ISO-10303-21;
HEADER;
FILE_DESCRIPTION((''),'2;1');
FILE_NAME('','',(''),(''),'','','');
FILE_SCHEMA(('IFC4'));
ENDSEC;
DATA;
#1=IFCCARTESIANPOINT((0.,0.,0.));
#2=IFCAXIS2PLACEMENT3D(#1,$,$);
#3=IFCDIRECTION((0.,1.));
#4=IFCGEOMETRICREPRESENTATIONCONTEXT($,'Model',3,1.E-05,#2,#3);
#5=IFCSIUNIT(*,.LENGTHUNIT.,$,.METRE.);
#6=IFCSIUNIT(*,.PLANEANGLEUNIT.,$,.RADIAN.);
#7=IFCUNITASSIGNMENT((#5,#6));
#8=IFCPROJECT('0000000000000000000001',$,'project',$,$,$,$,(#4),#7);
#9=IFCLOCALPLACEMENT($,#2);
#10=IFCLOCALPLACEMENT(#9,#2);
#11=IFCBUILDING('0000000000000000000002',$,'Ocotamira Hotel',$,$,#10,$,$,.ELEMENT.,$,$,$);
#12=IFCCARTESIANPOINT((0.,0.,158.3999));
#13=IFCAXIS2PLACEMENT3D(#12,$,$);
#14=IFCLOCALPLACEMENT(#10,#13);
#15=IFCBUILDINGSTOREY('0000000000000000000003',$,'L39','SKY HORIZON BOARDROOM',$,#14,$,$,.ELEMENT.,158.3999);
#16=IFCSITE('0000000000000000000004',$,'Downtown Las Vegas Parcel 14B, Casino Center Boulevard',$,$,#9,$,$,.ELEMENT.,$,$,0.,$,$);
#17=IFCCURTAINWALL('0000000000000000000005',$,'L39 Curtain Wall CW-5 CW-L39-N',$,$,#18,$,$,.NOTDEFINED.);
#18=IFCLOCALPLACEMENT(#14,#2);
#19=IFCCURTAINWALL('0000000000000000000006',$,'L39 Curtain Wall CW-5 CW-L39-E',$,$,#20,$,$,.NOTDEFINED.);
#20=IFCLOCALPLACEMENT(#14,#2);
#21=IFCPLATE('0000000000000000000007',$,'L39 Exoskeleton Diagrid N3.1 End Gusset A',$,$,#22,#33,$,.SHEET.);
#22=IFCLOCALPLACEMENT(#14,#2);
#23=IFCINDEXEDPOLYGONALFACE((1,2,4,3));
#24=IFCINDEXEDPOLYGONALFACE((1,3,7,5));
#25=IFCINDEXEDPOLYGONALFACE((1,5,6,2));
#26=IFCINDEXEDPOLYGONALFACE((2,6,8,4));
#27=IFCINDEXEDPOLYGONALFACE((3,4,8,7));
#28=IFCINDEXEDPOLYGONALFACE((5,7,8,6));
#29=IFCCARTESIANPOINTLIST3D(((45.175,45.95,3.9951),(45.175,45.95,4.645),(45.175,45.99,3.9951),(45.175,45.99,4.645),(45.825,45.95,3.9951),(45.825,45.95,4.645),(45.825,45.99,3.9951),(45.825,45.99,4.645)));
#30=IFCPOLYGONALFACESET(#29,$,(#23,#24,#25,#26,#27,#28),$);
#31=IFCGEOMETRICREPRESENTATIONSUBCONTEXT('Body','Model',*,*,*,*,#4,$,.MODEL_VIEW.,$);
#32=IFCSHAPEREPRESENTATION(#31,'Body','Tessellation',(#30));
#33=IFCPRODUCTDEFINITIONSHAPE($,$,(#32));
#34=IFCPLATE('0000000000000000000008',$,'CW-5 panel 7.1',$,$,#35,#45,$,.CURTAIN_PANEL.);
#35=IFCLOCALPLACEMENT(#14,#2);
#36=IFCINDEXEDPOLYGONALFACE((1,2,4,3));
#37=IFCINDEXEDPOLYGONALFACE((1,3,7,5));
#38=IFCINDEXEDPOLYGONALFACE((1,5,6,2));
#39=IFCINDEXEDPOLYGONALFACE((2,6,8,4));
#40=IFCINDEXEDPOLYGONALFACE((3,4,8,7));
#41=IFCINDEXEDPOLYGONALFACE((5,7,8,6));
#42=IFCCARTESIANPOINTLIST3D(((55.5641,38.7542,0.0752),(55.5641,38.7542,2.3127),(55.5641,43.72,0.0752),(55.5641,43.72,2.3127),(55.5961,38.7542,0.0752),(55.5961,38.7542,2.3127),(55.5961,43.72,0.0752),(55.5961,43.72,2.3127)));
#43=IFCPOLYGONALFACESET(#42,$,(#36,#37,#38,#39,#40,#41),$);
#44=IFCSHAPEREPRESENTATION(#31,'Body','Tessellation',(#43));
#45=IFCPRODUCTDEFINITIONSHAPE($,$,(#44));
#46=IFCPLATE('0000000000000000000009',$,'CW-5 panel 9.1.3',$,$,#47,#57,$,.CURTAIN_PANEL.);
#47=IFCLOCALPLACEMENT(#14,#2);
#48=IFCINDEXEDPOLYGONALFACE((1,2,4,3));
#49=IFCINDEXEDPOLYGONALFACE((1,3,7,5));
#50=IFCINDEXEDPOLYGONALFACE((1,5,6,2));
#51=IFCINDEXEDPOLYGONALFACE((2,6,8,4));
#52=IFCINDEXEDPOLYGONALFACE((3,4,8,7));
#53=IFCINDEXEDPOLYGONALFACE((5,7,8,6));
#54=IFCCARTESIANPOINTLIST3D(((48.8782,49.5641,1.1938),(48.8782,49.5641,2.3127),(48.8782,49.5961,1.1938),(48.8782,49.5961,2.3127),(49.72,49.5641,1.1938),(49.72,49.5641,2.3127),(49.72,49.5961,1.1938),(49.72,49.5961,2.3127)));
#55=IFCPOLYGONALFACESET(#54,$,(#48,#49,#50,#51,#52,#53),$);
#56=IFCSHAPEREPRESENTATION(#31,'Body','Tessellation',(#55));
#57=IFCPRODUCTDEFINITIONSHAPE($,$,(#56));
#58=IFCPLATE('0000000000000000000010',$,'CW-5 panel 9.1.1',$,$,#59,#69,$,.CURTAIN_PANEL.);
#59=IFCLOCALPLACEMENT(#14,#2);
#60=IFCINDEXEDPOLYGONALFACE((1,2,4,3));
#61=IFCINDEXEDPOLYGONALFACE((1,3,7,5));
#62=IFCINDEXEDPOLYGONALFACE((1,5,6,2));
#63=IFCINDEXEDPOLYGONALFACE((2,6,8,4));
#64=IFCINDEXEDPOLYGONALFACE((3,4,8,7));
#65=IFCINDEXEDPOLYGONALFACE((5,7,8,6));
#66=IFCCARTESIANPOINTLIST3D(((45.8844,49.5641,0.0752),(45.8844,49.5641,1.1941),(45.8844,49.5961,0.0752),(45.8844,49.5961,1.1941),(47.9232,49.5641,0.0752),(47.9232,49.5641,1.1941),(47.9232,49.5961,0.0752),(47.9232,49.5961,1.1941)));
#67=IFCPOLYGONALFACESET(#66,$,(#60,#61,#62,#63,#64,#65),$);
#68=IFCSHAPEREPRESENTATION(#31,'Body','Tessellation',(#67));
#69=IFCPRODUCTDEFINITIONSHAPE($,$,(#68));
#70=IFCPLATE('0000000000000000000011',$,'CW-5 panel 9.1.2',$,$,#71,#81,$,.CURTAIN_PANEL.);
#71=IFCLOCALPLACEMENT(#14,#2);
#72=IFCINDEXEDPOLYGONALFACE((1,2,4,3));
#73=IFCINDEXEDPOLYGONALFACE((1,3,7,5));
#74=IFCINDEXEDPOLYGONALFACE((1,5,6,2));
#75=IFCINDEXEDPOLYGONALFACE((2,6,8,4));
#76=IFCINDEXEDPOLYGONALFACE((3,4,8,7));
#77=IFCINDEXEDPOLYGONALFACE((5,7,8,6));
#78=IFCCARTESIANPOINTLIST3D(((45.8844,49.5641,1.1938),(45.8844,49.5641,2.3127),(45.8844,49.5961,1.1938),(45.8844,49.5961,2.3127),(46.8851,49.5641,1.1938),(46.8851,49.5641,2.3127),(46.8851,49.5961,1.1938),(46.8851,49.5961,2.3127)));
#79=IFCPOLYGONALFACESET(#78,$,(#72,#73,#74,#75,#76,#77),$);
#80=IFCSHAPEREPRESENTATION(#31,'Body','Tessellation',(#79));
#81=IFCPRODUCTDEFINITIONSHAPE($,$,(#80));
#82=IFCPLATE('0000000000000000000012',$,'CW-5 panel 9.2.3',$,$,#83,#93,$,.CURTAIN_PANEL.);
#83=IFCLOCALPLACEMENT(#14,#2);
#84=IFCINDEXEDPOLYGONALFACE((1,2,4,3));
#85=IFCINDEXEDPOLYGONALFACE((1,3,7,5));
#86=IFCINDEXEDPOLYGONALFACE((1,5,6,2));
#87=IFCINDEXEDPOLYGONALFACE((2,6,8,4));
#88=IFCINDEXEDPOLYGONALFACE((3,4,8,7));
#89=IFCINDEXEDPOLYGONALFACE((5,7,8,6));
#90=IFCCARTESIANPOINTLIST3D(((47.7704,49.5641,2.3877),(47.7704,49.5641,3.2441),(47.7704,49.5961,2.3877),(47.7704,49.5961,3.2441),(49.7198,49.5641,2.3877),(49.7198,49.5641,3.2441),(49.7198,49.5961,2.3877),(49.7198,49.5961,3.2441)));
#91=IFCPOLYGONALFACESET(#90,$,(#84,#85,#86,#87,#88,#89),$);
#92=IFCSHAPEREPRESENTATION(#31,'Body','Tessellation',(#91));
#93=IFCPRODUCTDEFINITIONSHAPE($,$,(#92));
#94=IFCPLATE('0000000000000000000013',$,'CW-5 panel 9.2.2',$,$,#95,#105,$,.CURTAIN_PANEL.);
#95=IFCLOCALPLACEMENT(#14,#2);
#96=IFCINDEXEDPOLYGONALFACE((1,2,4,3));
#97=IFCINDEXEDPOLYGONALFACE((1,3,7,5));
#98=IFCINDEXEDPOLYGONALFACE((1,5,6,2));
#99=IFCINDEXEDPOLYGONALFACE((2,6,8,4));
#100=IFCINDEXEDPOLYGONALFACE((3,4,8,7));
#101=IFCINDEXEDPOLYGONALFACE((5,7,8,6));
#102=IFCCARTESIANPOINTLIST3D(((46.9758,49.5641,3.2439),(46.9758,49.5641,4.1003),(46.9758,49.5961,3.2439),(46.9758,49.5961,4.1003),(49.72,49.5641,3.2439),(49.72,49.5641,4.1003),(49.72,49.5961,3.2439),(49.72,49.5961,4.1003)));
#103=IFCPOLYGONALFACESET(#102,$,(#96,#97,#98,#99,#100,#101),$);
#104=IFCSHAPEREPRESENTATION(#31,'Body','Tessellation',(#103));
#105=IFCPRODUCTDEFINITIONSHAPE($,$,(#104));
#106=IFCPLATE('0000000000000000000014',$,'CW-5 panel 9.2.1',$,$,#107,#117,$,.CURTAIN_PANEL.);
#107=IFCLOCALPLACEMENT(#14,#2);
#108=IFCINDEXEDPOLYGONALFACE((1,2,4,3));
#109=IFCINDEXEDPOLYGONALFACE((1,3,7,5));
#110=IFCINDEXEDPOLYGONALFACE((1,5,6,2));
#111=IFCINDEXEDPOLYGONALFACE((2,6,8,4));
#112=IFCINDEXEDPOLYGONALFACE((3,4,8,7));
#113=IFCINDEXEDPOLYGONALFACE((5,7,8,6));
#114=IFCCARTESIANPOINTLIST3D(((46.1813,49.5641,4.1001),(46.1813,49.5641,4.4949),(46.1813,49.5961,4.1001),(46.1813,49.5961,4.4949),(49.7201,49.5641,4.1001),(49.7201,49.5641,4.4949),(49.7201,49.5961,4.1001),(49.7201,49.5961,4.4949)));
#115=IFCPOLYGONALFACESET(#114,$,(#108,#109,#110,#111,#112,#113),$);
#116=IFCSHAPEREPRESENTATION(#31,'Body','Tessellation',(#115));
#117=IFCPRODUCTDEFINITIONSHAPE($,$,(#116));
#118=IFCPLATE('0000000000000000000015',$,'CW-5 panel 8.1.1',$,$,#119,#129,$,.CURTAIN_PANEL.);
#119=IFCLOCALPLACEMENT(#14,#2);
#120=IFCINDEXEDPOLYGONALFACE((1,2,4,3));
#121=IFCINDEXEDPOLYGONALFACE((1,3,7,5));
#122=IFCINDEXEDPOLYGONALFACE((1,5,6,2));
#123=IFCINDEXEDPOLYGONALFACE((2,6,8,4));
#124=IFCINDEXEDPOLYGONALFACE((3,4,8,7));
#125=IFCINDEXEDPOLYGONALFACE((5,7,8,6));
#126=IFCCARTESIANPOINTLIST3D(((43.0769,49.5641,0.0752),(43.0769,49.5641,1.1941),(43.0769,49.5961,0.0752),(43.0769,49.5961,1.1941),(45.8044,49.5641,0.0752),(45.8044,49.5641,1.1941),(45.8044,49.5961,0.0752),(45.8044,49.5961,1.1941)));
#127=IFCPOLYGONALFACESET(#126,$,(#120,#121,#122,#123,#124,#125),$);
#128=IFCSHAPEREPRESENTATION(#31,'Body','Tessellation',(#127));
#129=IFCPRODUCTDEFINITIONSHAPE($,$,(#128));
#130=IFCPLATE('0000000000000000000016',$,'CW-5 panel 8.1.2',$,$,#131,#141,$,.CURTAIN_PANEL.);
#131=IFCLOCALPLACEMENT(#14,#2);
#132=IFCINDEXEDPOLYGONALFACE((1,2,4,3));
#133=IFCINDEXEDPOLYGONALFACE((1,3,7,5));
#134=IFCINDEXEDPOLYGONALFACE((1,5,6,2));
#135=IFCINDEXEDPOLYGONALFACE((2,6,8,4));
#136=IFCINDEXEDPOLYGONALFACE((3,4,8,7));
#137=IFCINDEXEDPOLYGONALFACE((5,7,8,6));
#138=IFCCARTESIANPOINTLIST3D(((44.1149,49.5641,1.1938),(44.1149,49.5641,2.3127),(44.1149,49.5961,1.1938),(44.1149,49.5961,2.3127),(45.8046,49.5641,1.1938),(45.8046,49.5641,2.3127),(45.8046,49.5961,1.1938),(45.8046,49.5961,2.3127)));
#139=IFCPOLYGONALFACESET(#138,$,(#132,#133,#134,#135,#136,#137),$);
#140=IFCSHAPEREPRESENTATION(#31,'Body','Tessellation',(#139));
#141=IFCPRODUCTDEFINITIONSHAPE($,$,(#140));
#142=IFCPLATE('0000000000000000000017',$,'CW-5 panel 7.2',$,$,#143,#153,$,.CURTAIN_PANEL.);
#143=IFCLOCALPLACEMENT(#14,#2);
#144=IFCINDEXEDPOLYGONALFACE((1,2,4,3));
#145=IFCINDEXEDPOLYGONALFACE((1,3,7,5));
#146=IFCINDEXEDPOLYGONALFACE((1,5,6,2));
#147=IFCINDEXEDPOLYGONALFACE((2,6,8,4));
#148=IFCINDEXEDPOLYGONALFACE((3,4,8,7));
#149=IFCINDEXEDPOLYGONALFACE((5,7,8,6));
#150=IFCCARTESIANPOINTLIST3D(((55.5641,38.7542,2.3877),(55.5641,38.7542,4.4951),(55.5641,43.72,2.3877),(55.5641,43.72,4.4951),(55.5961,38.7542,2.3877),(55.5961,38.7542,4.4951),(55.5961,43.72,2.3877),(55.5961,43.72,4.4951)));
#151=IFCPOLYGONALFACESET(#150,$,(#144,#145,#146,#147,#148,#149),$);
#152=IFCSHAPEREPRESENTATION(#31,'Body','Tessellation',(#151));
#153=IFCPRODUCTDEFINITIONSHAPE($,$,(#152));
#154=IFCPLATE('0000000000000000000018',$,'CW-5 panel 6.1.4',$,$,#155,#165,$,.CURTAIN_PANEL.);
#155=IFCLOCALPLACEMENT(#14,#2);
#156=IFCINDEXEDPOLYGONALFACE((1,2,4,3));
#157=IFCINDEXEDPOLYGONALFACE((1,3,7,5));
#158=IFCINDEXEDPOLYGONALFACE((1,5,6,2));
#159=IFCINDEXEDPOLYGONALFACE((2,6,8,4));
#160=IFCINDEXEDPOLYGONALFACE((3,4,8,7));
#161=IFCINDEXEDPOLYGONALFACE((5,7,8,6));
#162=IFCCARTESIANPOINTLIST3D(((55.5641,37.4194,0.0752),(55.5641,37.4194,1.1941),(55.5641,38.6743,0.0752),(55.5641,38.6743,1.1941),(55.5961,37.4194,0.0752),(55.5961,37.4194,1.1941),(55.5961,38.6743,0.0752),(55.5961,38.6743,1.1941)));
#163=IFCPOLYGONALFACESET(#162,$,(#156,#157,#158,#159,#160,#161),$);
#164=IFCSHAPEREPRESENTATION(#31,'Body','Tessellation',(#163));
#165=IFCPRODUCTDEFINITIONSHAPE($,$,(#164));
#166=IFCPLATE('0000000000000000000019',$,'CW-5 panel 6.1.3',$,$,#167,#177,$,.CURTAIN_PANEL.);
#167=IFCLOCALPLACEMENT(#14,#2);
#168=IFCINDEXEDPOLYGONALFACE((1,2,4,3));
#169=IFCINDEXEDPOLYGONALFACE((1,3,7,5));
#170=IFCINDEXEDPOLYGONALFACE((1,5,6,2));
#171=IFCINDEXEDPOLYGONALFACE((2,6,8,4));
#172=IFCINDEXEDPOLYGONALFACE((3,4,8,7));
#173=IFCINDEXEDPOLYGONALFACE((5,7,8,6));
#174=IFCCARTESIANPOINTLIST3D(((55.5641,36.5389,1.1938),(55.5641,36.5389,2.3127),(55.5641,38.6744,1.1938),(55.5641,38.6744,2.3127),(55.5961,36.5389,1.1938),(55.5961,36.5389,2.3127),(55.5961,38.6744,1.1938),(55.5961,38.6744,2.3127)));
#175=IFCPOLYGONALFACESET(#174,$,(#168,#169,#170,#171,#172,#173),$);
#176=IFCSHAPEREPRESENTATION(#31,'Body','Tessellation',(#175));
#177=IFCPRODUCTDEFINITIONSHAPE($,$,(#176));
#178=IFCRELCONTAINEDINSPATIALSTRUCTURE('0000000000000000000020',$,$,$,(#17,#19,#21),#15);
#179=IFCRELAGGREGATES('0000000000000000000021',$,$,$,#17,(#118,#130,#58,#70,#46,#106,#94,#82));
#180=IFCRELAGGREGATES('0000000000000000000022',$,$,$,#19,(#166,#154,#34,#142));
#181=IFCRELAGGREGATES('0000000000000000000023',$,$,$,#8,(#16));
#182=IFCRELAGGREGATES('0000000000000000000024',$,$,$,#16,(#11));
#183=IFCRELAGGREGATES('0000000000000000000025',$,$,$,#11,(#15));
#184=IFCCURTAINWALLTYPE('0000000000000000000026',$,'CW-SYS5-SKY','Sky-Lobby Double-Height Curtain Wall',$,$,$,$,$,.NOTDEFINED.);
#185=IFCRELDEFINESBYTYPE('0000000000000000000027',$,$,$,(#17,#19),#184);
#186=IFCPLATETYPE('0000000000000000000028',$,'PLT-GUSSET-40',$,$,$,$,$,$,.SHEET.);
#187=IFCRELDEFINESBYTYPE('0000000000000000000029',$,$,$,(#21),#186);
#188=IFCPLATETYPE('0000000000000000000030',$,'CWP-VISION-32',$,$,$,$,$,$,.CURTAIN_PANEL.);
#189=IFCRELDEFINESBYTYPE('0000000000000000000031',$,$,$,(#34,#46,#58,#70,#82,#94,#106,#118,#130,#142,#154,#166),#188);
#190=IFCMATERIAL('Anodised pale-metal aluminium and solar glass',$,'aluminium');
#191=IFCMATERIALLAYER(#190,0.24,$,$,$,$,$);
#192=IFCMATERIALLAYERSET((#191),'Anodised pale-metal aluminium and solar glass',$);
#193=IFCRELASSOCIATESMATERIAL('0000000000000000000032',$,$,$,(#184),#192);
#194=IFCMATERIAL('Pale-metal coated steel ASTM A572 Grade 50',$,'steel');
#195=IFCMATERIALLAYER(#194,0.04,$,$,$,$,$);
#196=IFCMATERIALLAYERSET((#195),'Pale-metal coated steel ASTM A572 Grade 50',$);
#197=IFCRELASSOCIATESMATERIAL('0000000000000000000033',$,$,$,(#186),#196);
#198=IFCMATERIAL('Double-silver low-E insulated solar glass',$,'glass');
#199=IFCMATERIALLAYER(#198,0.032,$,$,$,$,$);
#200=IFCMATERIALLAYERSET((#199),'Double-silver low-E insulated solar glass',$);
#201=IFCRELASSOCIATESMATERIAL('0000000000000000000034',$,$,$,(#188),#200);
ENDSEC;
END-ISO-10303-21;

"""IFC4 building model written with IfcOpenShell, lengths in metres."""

from ifc_helpers import new_model, si_unit, direction, frame, origin, origin_2d, place, context, subcontext, project, spatial, rectangle, extrude, source, transform, mapped, material, layer, layer_set, type_object, element, aggregate, save


model = new_model("IFC4")

# Units and contexts
model_context = context("Model", 3, precision=1e-05, world=origin(), true_north=direction((0.0, 1.0)))
body_context = subcontext(model_context, "Body", "Model", "MODEL_VIEW")
ifc_project = project(units=[si_unit("LENGTHUNIT", "METRE"), si_unit("PLANEANGLEUNIT", "RADIAN")], contexts=[model_context])

# Site, building, storey
site_placement = place(None, origin())
site = spatial("IfcSite", under=ifc_project, at=site_placement, Name="Downtown Las Vegas Parcel 14B, Casino Center Boulevard", CompositionType="ELEMENT", RefElevation=0.0)
building_placement = place(site_placement, origin())
building = spatial("IfcBuilding", under=site, at=building_placement, Name="Ocotamira Hotel", CompositionType="ELEMENT")
storey_placement = place(building_placement, frame((0.0, 0.0, 158.3999)))
storey = spatial("IfcBuildingStorey", under=building, at=storey_placement, Name="L39", Description="SKY HORIZON BOARDROOM", CompositionType="ELEMENT", Elevation=158.3999)

# Curtain walls
ifc_material_1 = material(Name="Anodised pale-metal aluminium and solar glass", Category="aluminium")
ifc_layer_1 = layer(ifc_material_1, 0.24)
ifc_layer_set_1 = layer_set([ifc_layer_1], Name="Anodised pale-metal aluminium and solar glass")
curtain_wall_type = type_object("IfcCurtainWallType", Name="CW-SYS5-SKY", Description="Sky-Lobby Double-Height Curtain Wall", PredefinedType="NOTDEFINED", material=ifc_layer_set_1)
curtain_wall_1_placement = place(storey_placement, origin())
curtain_wall_1 = element("IfcCurtainWall", 1, at=curtain_wall_1_placement, inside=storey, type_object=curtain_wall_type, Name="L39 Curtain Wall CW-5 CW-L39-N", PredefinedType="NOTDEFINED")
curtain_wall_2_placement = place(storey_placement, origin())
curtain_wall_2 = element("IfcCurtainWall", 2, at=curtain_wall_2_placement, inside=storey, type_object=curtain_wall_type, Name="L39 Curtain Wall CW-5 CW-L39-E", PredefinedType="NOTDEFINED")

# Plate
ifc_material_2 = material(Name="Pale-metal coated steel ASTM A572 Grade 50", Category="steel")
ifc_layer_2 = layer(ifc_material_2, 0.04)
ifc_layer_set_2 = layer_set([ifc_layer_2], Name="Pale-metal coated steel ASTM A572 Grade 50")
plate_type_1 = type_object("IfcPlateType", Name="PLT-GUSSET-40", PredefinedType="SHEET", material=ifc_layer_set_2)
shared_shape_1 = source(origin(), body_context, "Body", "SweptSolid", [
    extrude(rectangle(XDim=0.6499, YDim=0.04, at=origin_2d()), origin(), (0.0, 0.0, 1.0), 0.6499),
])
for number, where, z_axis, x_axis, name in (
    (3, (45.5, 45.97, 3.9951), (0.0, 0.0, 1.0), (-1.0, 0.0, 0.0), "L39 Exoskeleton Diagrid N3.1 End Gusset A"),
):
    element("IfcPlate", number, at=place(storey_placement, frame(where, z_axis=z_axis, x_axis=x_axis)), inside=storey, type_object=plate_type_1, Name=name, PredefinedType="SHEET", context=body_context, shape_type="MappedRepresentation", body=[
        mapped(shared_shape_1, transform((0.0, 0.0, 0.0), scale=1.0)),
    ])

# Plates
ifc_material_3 = material(Name="Double-silver low-E insulated solar glass", Category="glass")
ifc_layer_3 = layer(ifc_material_3, 0.032)
ifc_layer_set_3 = layer_set([ifc_layer_3], Name="Double-silver low-E insulated solar glass")
plate_type_2 = type_object("IfcPlateType", Name="CWP-VISION-32", PredefinedType="CURTAIN_PANEL", material=ifc_layer_set_3)
shared_shape_2 = source(origin(), body_context, "Body", "SweptSolid", [
    extrude(rectangle(XDim=4.9658, YDim=0.032, at=origin_2d()), origin(), (0.0, 0.0, 1.0), 2.2375),
])
plate_1_placement = place(storey_placement, frame((55.5801, 41.2371, 0.0752), z_axis=(0.0, 0.0, 1.0), x_axis=(0.0, 1.0, 0.0)))
plate_1 = element("IfcPlate", 4, at=plate_1_placement, type_object=plate_type_2, Name="CW-5 panel 7.1", PredefinedType="CURTAIN_PANEL", context=body_context, shape_type="MappedRepresentation", body=[
    mapped(shared_shape_2, transform((0.0, 0.0, 0.0), scale=1.0)),
])
shared_shape_3 = source(origin(), body_context, "Body", "SweptSolid", [
    extrude(rectangle(XDim=0.8418, YDim=0.032, at=origin_2d()), origin(), (0.0, 0.0, 1.0), 1.1189),
])
plate_2_placement = place(storey_placement, frame((49.2991, 49.5801, 1.1938), z_axis=(0.0, 0.0, 1.0), x_axis=(1.0, 0.0, 0.0)))
plate_2 = element("IfcPlate", 5, at=plate_2_placement, type_object=plate_type_2, Name="CW-5 panel 9.1.3", PredefinedType="CURTAIN_PANEL", context=body_context, shape_type="MappedRepresentation", body=[
    mapped(shared_shape_3, transform((0.0, 0.0, 0.0), scale=1.0)),
])
shared_shape_4 = source(origin(), body_context, "Body", "SweptSolid", [
    extrude(rectangle(XDim=2.0388, YDim=0.032, at=origin_2d()), origin(), (0.0, 0.0, 1.0), 1.1189),
])
plate_3_placement = place(storey_placement, frame((46.9038, 49.5801, 0.0752), z_axis=(0.0, 0.0, 1.0), x_axis=(1.0, 0.0, 0.0)))
plate_3 = element("IfcPlate", 6, at=plate_3_placement, type_object=plate_type_2, Name="CW-5 panel 9.1.1", PredefinedType="CURTAIN_PANEL", context=body_context, shape_type="MappedRepresentation", body=[
    mapped(shared_shape_4, transform((0.0, 0.0, 0.0), scale=1.0)),
])
shared_shape_5 = source(origin(), body_context, "Body", "SweptSolid", [
    extrude(rectangle(XDim=1.0007, YDim=0.032, at=origin_2d()), origin(), (0.0, 0.0, 1.0), 1.1189),
])
plate_4_placement = place(storey_placement, frame((46.3848, 49.5801, 1.1938), z_axis=(0.0, 0.0, 1.0), x_axis=(1.0, 0.0, 0.0)))
plate_4 = element("IfcPlate", 7, at=plate_4_placement, type_object=plate_type_2, Name="CW-5 panel 9.1.2", PredefinedType="CURTAIN_PANEL", context=body_context, shape_type="MappedRepresentation", body=[
    mapped(shared_shape_5, transform((0.0, 0.0, 0.0), scale=1.0)),
])
shared_shape_6 = source(origin(), body_context, "Body", "SweptSolid", [
    extrude(rectangle(XDim=1.9495, YDim=0.032, at=origin_2d()), origin(), (0.0, 0.0, 1.0), 0.8564),
])
plate_5_placement = place(storey_placement, frame((48.7451, 49.5801, 2.3877), z_axis=(0.0, 0.0, 1.0), x_axis=(1.0, 0.0, 0.0)))
plate_5 = element("IfcPlate", 8, at=plate_5_placement, type_object=plate_type_2, Name="CW-5 panel 9.2.3", PredefinedType="CURTAIN_PANEL", context=body_context, shape_type="MappedRepresentation", body=[
    mapped(shared_shape_6, transform((0.0, 0.0, 0.0), scale=1.0)),
])
shared_shape_7 = source(origin(), body_context, "Body", "SweptSolid", [
    extrude(rectangle(XDim=2.7441, YDim=0.032, at=origin_2d()), origin(), (0.0, 0.0, 1.0), 0.8564),
])
plate_6_placement = place(storey_placement, frame((48.3479, 49.5801, 3.2439), z_axis=(0.0, 0.0, 1.0), x_axis=(1.0, 0.0, 0.0)))
plate_6 = element("IfcPlate", 9, at=plate_6_placement, type_object=plate_type_2, Name="CW-5 panel 9.2.2", PredefinedType="CURTAIN_PANEL", context=body_context, shape_type="MappedRepresentation", body=[
    mapped(shared_shape_7, transform((0.0, 0.0, 0.0), scale=1.0)),
])
shared_shape_8 = source(origin(), body_context, "Body", "SweptSolid", [
    extrude(rectangle(XDim=3.5388, YDim=0.032, at=origin_2d()), origin(), (0.0, 0.0, 1.0), 0.3948),
])
plate_7_placement = place(storey_placement, frame((47.9507, 49.5801, 4.1001), z_axis=(0.0, 0.0, 1.0), x_axis=(1.0, 0.0, 0.0)))
plate_7 = element("IfcPlate", 10, at=plate_7_placement, type_object=plate_type_2, Name="CW-5 panel 9.2.1", PredefinedType="CURTAIN_PANEL", context=body_context, shape_type="MappedRepresentation", body=[
    mapped(shared_shape_8, transform((0.0, 0.0, 0.0), scale=1.0)),
])
shared_shape_9 = source(origin(), body_context, "Body", "SweptSolid", [
    extrude(rectangle(XDim=2.7275, YDim=0.032, at=origin_2d()), origin(), (0.0, 0.0, 1.0), 1.1189),
])
plate_8_placement = place(storey_placement, frame((44.4407, 49.5801, 0.0752), z_axis=(0.0, 0.0, 1.0), x_axis=(1.0, 0.0, 0.0)))
plate_8 = element("IfcPlate", 11, at=plate_8_placement, type_object=plate_type_2, Name="CW-5 panel 8.1.1", PredefinedType="CURTAIN_PANEL", context=body_context, shape_type="MappedRepresentation", body=[
    mapped(shared_shape_9, transform((0.0, 0.0, 0.0), scale=1.0)),
])
shared_shape_10 = source(origin(), body_context, "Body", "SweptSolid", [
    extrude(rectangle(XDim=1.6897, YDim=0.032, at=origin_2d()), origin(), (0.0, 0.0, 1.0), 1.1189),
])
plate_9_placement = place(storey_placement, frame((44.9597, 49.5801, 1.1938), z_axis=(0.0, 0.0, 1.0), x_axis=(1.0, 0.0, 0.0)))
plate_9 = element("IfcPlate", 12, at=plate_9_placement, type_object=plate_type_2, Name="CW-5 panel 8.1.2", PredefinedType="CURTAIN_PANEL", context=body_context, shape_type="MappedRepresentation", body=[
    mapped(shared_shape_10, transform((0.0, 0.0, 0.0), scale=1.0)),
])
aggregate(curtain_wall_1, [plate_8, plate_9, plate_3, plate_4, plate_2, plate_7, plate_6, plate_5])
shared_shape_11 = source(origin(), body_context, "Body", "SweptSolid", [
    extrude(rectangle(XDim=4.9658, YDim=0.032, at=origin_2d()), origin(), (0.0, 0.0, 1.0), 2.1074),
])
plate_10_placement = place(storey_placement, frame((55.5801, 41.2371, 2.3877), z_axis=(0.0, 0.0, 1.0), x_axis=(0.0, 1.0, 0.0)))
plate_10 = element("IfcPlate", 13, at=plate_10_placement, type_object=plate_type_2, Name="CW-5 panel 7.2", PredefinedType="CURTAIN_PANEL", context=body_context, shape_type="MappedRepresentation", body=[
    mapped(shared_shape_11, transform((0.0, 0.0, 0.0), scale=1.0)),
])
shared_shape_12 = source(origin(), body_context, "Body", "SweptSolid", [
    extrude(rectangle(XDim=1.2549, YDim=0.032, at=origin_2d()), origin(), (0.0, 0.0, 1.0), 1.1189),
])
plate_11_placement = place(storey_placement, frame((55.5801, 38.0469, 0.0752), z_axis=(0.0, 0.0, 1.0), x_axis=(0.0, 1.0, 0.0)))
plate_11 = element("IfcPlate", 14, at=plate_11_placement, type_object=plate_type_2, Name="CW-5 panel 6.1.4", PredefinedType="CURTAIN_PANEL", context=body_context, shape_type="MappedRepresentation", body=[
    mapped(shared_shape_12, transform((0.0, 0.0, 0.0), scale=1.0)),
])
shared_shape_13 = source(origin(), body_context, "Body", "SweptSolid", [
    extrude(rectangle(XDim=2.1355, YDim=0.032, at=origin_2d()), origin(), (0.0, 0.0, 1.0), 1.1189),
])
plate_12_placement = place(storey_placement, frame((55.5801, 37.6067, 1.1938), z_axis=(0.0, 0.0, 1.0), x_axis=(0.0, 1.0, 0.0)))
plate_12 = element("IfcPlate", 15, at=plate_12_placement, type_object=plate_type_2, Name="CW-5 panel 6.1.3", PredefinedType="CURTAIN_PANEL", context=body_context, shape_type="MappedRepresentation", body=[
    mapped(shared_shape_13, transform((0.0, 0.0, 0.0), scale=1.0)),
])
aggregate(curtain_wall_2, [plate_12, plate_11, plate_1, plate_10])

save(model, "model.ifc")
